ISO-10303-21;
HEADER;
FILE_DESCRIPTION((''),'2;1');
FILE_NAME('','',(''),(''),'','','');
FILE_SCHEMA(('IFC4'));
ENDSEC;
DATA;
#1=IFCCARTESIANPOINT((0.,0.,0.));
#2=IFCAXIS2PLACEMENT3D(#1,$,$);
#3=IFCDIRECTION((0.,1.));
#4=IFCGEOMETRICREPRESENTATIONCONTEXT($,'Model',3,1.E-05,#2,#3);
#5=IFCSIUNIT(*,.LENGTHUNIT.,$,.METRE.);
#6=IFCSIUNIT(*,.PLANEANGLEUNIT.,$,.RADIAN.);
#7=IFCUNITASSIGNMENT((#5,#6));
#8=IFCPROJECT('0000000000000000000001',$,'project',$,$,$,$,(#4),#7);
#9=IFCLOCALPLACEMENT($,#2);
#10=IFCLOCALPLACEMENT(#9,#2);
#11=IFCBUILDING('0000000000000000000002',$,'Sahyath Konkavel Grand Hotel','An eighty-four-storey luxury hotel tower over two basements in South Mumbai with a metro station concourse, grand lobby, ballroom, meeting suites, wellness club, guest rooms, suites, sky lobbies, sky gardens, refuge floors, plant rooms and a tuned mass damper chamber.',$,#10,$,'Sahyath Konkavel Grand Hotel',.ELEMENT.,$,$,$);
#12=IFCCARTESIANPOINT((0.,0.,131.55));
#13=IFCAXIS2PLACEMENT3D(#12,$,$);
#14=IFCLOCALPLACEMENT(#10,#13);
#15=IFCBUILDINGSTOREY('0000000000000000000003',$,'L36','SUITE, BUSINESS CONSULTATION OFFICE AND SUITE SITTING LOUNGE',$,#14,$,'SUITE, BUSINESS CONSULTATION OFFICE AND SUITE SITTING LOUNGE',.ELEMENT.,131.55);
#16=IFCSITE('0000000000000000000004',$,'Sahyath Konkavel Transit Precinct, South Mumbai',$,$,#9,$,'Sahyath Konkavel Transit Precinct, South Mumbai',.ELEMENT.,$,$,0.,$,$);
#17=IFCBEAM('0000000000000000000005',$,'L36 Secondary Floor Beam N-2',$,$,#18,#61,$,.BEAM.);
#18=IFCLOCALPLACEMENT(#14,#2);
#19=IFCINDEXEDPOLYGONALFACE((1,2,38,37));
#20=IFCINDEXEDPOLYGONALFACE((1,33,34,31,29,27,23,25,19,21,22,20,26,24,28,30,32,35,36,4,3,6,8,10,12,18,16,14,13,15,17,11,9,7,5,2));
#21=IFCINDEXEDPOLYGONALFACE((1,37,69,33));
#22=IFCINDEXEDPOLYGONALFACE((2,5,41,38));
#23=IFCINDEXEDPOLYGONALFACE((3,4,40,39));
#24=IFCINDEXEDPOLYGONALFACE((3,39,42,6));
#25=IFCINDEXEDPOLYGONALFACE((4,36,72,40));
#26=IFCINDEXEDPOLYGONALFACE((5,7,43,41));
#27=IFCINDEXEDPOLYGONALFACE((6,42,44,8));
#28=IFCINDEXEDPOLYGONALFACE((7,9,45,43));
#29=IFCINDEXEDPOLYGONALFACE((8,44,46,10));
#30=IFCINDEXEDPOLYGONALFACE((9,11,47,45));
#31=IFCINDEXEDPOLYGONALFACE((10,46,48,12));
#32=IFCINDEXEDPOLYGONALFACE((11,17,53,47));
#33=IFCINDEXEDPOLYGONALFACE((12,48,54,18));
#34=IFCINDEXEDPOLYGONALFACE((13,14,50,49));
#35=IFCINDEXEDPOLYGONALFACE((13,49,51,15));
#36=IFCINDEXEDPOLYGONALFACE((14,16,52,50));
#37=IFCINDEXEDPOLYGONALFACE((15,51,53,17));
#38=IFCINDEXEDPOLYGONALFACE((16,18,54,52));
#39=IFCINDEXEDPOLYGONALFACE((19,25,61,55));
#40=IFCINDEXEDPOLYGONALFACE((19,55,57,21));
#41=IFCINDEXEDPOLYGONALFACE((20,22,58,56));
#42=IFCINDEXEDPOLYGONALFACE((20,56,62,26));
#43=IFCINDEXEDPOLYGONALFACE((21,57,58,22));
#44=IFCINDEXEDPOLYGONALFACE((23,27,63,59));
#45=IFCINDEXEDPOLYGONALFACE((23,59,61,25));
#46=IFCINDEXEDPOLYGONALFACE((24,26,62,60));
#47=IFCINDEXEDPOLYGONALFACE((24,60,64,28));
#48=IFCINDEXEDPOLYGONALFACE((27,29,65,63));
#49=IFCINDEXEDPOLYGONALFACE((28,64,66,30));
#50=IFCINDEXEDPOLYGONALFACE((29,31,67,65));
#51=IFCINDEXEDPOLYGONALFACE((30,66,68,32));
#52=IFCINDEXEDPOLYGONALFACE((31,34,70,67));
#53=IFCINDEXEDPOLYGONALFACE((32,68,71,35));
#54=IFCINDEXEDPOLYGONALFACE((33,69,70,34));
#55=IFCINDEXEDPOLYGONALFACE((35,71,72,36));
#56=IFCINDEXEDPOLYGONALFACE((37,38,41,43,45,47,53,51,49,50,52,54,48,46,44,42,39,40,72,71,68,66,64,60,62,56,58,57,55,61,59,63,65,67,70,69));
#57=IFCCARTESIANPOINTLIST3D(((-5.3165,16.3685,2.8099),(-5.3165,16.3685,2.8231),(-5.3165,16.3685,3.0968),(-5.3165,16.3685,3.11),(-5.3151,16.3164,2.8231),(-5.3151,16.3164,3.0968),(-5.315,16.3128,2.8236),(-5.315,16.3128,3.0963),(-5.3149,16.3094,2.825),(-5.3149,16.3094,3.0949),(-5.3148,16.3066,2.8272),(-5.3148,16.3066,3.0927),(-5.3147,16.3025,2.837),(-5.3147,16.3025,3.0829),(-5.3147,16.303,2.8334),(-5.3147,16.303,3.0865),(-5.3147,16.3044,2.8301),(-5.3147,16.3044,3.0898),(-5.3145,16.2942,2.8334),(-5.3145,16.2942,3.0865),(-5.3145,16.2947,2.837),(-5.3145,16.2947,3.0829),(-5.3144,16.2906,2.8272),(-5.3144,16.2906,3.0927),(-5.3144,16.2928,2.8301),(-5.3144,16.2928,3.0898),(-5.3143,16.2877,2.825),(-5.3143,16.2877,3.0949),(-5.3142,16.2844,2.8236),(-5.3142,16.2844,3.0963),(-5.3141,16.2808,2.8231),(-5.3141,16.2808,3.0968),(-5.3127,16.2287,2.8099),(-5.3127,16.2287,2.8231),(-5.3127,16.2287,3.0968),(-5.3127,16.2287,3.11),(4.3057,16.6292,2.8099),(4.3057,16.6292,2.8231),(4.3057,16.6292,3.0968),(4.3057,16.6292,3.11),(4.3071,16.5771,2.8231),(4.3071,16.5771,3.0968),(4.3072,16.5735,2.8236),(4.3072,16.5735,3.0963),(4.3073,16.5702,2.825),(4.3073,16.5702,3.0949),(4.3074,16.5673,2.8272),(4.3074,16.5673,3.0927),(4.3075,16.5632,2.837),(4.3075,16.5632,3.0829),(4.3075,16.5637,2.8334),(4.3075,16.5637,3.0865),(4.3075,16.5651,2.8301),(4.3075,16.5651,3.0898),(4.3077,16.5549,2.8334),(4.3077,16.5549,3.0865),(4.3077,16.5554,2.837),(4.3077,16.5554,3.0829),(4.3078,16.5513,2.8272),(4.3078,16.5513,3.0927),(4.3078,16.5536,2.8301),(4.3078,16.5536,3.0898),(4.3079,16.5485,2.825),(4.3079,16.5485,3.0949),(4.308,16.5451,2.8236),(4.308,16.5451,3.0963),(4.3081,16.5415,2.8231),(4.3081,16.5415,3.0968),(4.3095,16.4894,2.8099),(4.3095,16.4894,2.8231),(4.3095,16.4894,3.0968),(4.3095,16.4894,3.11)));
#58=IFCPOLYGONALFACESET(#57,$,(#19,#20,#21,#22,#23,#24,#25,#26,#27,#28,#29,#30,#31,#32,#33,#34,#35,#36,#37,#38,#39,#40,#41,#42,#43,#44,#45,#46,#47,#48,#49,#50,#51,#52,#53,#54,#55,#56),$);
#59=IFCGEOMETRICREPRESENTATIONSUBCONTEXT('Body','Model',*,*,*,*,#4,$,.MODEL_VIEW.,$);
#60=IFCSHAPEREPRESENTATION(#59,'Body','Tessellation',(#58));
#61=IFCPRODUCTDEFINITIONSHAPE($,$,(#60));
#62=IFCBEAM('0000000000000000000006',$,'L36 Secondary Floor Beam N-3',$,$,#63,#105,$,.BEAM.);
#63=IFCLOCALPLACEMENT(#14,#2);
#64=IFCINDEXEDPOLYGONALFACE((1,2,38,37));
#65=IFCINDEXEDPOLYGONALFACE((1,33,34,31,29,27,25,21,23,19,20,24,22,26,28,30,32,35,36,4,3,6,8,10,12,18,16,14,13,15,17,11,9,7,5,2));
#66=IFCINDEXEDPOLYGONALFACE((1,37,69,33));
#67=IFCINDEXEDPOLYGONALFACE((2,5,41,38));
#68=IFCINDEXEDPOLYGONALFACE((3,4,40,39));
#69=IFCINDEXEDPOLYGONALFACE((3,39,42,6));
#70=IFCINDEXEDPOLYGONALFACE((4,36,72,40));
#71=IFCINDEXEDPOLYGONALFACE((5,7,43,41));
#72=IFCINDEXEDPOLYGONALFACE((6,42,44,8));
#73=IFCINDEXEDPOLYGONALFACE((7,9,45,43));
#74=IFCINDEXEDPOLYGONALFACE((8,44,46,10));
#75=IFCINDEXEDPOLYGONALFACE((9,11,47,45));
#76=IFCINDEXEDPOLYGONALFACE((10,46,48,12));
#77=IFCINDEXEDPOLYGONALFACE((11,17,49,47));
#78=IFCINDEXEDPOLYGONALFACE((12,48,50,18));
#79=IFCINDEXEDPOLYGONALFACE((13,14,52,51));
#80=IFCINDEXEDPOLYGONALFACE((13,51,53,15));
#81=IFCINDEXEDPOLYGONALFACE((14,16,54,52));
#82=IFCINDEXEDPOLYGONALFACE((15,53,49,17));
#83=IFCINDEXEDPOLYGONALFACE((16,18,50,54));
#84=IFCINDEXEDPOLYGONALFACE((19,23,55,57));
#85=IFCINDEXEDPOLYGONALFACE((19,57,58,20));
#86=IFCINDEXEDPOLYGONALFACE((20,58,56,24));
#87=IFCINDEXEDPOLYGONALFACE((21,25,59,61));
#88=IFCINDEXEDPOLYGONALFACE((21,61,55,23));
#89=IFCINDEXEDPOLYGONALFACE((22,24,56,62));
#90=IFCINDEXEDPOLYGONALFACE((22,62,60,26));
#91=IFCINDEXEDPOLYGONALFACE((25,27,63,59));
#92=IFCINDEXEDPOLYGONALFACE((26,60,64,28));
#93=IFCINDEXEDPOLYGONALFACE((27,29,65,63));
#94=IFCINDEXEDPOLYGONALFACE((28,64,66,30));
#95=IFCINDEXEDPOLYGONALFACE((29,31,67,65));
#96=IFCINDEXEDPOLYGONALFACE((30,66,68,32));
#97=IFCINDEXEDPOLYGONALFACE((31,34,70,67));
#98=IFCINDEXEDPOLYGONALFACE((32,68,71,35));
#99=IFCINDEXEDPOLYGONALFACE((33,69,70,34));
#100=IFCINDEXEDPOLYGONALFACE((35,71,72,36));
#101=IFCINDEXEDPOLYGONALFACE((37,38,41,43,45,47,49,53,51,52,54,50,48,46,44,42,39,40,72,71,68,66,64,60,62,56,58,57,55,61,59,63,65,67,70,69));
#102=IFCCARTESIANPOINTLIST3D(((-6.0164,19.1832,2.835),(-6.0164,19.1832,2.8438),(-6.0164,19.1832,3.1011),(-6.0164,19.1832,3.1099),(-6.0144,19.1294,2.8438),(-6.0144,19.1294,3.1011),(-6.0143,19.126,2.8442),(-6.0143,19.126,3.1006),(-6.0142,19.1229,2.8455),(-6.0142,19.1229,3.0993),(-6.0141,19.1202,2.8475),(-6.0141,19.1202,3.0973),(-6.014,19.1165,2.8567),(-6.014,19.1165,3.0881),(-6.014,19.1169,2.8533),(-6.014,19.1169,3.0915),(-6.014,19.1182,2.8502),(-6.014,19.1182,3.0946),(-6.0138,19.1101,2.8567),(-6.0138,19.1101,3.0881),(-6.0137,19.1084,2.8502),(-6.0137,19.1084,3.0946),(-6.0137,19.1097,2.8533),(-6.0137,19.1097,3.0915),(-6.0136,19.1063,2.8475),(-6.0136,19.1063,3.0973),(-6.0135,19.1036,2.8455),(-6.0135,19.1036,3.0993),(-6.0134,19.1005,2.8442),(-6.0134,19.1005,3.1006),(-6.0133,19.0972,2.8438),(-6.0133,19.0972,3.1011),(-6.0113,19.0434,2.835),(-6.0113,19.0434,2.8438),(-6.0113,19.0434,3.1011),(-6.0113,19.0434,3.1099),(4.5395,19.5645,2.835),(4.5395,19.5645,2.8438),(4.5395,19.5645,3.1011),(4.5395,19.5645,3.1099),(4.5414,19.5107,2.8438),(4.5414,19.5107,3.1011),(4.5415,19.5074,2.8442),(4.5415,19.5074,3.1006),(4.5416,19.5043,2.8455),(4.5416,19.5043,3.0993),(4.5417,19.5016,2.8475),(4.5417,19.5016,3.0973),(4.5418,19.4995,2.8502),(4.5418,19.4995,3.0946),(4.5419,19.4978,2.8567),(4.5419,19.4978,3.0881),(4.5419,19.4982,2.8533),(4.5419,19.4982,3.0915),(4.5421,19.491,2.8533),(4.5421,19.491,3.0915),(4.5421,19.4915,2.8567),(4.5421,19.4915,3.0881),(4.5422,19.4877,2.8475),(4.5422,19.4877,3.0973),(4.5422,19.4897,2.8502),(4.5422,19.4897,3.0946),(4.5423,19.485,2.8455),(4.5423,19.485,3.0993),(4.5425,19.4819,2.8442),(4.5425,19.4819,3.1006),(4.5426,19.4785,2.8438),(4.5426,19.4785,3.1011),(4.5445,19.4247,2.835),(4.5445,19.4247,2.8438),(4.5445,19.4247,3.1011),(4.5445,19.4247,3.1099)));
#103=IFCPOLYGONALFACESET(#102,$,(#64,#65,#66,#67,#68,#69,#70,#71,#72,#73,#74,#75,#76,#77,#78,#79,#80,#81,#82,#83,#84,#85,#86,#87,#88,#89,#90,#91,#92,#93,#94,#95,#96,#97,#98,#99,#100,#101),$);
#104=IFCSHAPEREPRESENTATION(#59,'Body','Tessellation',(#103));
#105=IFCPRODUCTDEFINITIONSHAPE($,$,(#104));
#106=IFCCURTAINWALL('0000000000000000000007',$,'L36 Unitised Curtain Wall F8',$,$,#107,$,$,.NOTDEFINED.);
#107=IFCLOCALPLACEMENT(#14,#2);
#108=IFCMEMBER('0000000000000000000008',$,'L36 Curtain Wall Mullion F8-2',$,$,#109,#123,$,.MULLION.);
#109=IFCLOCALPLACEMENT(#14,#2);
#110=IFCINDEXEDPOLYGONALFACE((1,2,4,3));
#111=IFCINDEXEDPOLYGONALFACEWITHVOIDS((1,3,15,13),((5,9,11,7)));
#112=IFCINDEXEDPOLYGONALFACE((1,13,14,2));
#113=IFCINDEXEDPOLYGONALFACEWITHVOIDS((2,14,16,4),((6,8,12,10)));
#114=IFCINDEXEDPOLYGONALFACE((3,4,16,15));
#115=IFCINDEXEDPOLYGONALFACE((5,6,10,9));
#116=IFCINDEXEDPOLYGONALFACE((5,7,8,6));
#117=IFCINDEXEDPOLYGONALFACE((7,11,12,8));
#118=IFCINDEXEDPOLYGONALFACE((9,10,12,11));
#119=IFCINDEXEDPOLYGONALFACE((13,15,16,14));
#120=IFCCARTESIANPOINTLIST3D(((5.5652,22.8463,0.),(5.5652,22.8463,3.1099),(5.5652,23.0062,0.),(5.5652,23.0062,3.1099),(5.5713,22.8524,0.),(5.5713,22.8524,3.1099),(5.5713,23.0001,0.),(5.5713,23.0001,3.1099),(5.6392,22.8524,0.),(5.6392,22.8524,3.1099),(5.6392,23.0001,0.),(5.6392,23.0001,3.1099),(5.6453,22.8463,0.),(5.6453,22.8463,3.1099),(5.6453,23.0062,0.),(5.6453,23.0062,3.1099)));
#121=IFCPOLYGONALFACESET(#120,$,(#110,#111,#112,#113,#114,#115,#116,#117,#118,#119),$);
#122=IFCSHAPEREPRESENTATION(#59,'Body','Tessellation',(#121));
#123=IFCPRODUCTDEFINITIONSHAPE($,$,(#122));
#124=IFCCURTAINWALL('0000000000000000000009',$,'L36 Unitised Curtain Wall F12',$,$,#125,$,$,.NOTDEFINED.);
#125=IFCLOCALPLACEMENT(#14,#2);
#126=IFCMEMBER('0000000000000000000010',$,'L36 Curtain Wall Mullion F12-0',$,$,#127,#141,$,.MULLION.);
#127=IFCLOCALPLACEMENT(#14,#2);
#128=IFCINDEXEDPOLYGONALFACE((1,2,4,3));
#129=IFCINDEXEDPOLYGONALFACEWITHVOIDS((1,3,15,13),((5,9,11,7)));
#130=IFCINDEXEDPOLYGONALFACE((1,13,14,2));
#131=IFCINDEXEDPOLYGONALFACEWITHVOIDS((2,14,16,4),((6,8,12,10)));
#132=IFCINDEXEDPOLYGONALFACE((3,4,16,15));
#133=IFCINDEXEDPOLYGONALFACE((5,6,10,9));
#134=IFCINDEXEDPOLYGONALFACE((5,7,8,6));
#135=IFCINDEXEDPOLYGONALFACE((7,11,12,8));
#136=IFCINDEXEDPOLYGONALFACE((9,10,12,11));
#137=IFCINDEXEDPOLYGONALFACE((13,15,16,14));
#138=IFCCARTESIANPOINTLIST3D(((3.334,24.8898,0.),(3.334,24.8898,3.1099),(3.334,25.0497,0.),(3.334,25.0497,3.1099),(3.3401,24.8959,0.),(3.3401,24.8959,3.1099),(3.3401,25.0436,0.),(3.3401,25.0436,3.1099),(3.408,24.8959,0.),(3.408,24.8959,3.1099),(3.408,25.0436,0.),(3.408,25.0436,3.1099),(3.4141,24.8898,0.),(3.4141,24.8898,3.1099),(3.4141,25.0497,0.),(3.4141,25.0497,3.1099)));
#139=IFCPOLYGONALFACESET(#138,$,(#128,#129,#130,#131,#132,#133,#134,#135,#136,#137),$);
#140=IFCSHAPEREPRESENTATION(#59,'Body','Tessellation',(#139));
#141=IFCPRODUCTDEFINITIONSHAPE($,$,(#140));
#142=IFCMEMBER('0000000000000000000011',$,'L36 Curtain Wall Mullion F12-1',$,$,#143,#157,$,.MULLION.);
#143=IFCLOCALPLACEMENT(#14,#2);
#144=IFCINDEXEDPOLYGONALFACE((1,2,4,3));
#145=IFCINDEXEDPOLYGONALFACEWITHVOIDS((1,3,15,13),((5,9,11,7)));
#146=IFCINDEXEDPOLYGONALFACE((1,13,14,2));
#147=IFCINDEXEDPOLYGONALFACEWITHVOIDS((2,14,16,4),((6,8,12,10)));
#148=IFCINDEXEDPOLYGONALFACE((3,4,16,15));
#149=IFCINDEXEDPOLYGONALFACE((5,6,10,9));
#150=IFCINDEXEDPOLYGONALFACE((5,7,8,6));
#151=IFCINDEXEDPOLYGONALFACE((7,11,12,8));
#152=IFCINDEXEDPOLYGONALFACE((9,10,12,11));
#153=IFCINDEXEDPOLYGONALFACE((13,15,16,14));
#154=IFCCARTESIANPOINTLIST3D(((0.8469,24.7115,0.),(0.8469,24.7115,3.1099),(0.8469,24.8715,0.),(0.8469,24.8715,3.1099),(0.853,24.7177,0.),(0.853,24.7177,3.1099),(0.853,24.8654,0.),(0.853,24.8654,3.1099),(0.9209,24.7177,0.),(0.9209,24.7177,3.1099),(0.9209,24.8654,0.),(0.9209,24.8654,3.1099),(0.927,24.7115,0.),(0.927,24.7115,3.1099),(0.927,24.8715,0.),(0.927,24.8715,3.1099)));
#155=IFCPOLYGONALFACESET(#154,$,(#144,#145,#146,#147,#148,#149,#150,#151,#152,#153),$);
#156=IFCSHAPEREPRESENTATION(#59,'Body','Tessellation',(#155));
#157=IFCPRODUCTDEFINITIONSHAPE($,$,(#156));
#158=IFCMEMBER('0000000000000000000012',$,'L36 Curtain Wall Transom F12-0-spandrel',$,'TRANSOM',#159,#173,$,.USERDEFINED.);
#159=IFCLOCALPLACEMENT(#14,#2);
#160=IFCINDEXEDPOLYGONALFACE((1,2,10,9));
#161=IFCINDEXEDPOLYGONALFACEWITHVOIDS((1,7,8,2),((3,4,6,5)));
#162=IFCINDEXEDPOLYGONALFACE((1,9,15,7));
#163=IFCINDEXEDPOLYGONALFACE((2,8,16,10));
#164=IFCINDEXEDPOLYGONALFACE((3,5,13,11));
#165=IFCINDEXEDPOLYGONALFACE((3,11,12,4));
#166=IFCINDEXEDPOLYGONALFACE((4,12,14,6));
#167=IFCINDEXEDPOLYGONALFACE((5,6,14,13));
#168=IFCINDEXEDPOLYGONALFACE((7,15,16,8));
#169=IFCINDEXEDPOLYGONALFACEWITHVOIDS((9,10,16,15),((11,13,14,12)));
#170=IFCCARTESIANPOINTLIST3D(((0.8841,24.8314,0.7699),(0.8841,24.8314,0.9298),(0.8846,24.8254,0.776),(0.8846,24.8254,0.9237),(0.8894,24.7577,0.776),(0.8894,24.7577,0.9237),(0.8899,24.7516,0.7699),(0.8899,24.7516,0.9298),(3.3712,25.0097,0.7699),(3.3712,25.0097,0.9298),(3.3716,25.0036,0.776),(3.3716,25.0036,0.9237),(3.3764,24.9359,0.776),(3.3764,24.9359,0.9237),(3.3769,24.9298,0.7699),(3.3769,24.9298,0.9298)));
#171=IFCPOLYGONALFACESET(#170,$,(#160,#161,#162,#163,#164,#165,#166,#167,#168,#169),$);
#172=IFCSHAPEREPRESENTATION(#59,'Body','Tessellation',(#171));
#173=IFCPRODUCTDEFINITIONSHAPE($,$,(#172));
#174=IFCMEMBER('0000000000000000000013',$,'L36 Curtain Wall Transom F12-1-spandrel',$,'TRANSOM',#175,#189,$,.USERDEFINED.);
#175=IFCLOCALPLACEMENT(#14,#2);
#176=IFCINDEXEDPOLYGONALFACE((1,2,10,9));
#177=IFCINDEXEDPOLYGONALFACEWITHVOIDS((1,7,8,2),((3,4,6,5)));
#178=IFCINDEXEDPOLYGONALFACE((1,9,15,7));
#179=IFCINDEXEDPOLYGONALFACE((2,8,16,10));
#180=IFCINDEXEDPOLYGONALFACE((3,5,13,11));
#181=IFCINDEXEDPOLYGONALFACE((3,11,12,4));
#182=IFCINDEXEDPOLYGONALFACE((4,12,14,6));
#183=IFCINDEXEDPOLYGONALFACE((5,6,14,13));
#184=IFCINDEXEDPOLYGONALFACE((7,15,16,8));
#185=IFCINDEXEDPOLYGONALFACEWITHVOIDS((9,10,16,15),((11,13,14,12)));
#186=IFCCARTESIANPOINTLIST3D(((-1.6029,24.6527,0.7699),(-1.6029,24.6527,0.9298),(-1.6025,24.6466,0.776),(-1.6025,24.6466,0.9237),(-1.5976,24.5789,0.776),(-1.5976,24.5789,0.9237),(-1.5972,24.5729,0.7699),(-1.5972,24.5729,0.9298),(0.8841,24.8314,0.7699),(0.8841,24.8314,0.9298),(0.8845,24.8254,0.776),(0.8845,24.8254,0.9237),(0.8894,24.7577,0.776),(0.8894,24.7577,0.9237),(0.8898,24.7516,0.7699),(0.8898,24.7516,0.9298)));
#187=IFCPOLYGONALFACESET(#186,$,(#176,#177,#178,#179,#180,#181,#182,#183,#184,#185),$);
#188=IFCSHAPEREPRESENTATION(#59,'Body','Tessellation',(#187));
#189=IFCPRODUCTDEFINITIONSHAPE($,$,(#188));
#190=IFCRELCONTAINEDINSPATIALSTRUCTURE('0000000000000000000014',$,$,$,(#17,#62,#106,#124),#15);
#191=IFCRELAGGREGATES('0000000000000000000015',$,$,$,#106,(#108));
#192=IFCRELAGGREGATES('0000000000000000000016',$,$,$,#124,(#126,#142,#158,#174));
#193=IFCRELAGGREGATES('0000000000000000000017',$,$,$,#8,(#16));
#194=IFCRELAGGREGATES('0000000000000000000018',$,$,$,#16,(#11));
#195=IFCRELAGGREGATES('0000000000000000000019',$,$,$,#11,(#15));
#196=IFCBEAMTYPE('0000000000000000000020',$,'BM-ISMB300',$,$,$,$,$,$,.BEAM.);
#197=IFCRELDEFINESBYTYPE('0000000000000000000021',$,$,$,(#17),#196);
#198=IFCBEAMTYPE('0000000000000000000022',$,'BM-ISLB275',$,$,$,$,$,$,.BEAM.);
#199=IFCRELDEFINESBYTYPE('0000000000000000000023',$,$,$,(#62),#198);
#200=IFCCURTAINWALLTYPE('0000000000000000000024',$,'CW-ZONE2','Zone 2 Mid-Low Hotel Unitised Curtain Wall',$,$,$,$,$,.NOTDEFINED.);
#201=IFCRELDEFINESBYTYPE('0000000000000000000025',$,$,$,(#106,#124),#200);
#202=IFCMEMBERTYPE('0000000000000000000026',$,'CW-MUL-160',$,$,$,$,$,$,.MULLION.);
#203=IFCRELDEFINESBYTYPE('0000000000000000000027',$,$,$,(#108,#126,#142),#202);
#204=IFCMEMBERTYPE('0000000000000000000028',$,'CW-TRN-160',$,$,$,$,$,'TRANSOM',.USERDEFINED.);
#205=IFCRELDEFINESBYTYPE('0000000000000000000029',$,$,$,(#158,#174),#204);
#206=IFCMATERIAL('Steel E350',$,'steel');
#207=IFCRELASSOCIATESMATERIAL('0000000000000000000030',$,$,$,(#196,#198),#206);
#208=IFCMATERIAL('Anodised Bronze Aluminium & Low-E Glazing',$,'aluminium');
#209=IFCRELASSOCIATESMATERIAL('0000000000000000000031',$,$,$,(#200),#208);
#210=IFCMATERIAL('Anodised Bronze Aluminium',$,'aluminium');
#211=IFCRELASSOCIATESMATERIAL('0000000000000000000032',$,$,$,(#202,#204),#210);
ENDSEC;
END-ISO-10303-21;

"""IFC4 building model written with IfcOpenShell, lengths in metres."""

from ifc_helpers import new_model, si_unit, direction, frame, origin, origin_2d, place, context, subcontext, project, spatial, hollow_rectangle, i_section, extrude, source, transform, mapped, material, material_profile, profile_set, type_object, element, aggregate, save


model = new_model("IFC4")

# Units and contexts
model_context = context("Model", 3, precision=1e-05, world=origin(), true_north=direction((0.0, 1.0)))
body_context = subcontext(model_context, "Body", "Model", "MODEL_VIEW")
ifc_project = project(units=[si_unit("LENGTHUNIT", "METRE"), si_unit("PLANEANGLEUNIT", "RADIAN")], contexts=[model_context])

# Site, building, storey
site_placement = place(None, origin())
site = spatial("IfcSite", under=ifc_project, at=site_placement, Name="Sahyath Konkavel Transit Precinct, South Mumbai", LongName="Sahyath Konkavel Transit Precinct, South Mumbai", CompositionType="ELEMENT", RefElevation=0.0)
building_placement = place(site_placement, origin())
building = spatial("IfcBuilding", under=site, at=building_placement, Name="Sahyath Konkavel Grand Hotel", Description="An eighty-four-storey luxury hotel tower over two basements in South Mumbai with a metro station concourse, grand lobby, ballroom, meeting suites, wellness club, guest rooms, suites, sky lobbies, sky gardens, refuge floors, plant rooms and a tuned mass damper chamber.", LongName="Sahyath Konkavel Grand Hotel", CompositionType="ELEMENT")
storey_placement = place(building_placement, frame((0.0, 0.0, 131.55)))
storey = spatial("IfcBuildingStorey", under=building, at=storey_placement, Name="L36", Description="SUITE, BUSINESS CONSULTATION OFFICE AND SUITE SITTING LOUNGE", LongName="SUITE, BUSINESS CONSULTATION OFFICE AND SUITE SITTING LOUNGE", CompositionType="ELEMENT", Elevation=131.55)

# Beams
ifc_material_1 = material(Name="Steel E350", Category="steel")
ifc_material_profile_1 = material_profile(ifc_material_1, i_section(OverallWidth=0.1399, OverallDepth=0.3, WebThickness=0.0078, FlangeThickness=0.0132, FilletRadius=0.0139, at=origin_2d()), Name="ISMB 300")
ifc_profile_set_1 = profile_set([ifc_material_profile_1], Name="Steel E350")
beam_type_1 = type_object("IfcBeamType", Name="BM-ISMB300", PredefinedType="BEAM", material=ifc_profile_set_1)
shared_shape_1 = source(origin(), body_context, "Body", "SweptSolid", [
    extrude(i_section(OverallWidth=0.1399, OverallDepth=0.3, WebThickness=0.0078, FlangeThickness=0.0132, FilletRadius=0.0139, at=origin_2d()), origin(), (0.0, 0.0, 1.0), 9.6257),
])
beam_1_placement = place(storey_placement, frame((4.3076, 16.5593, 2.96), z_axis=(-0.999633, -0.027088, 0.0), x_axis=(0.027088, -0.999633, 0.0)))
element("IfcBeam", 1, at=beam_1_placement, inside=storey, type_object=beam_type_1, Name="L36 Secondary Floor Beam N-2", PredefinedType="BEAM", context=body_context, shape_type="MappedRepresentation", body=[
    mapped(shared_shape_1, transform((0.0, 0.0, 0.0), scale=1.0)),
])
ifc_material_profile_2 = material_profile(ifc_material_1, i_section(OverallWidth=0.1399, OverallDepth=0.2749, WebThickness=0.0063, FlangeThickness=0.0088, FilletRadius=0.0129, at=origin_2d()), Name="ISLB 275")
ifc_profile_set_2 = profile_set([ifc_material_profile_2], Name="Steel E350")
beam_type_2 = type_object("IfcBeamType", Name="BM-ISLB275", PredefinedType="BEAM", material=ifc_profile_set_2)
shared_shape_2 = source(origin(), body_context, "Body", "SweptSolid", [
    extrude(i_section(OverallWidth=0.1399, OverallDepth=0.2749, WebThickness=0.0063, FlangeThickness=0.0088, FilletRadius=0.0129, at=origin_2d()), origin(), (0.0, 0.0, 1.0), 10.5627),
])
beam_2_placement = place(storey_placement, frame((4.542, 19.4946, 2.9724), z_axis=(-0.999348, -0.036103, 0.0), x_axis=(0.036103, -0.999348, 0.0)))
element("IfcBeam", 2, at=beam_2_placement, inside=storey, type_object=beam_type_2, Name="L36 Secondary Floor Beam N-3", PredefinedType="BEAM", context=body_context, shape_type="MappedRepresentation", body=[
    mapped(shared_shape_2, transform((0.0, 0.0, 0.0), scale=1.0)),
])

# Curtain wall, member
ifc_material_2 = material(Name="Anodised Bronze Aluminium & Low-E Glazing", Category="aluminium")
curtain_wall_type = type_object("IfcCurtainWallType", Name="CW-ZONE2", Description="Zone 2 Mid-Low Hotel Unitised Curtain Wall", PredefinedType="NOTDEFINED", material=ifc_material_2)
curtain_wall_1_placement = place(storey_placement, origin())
curtain_wall_1 = element("IfcCurtainWall", 3, at=curtain_wall_1_placement, inside=storey, type_object=curtain_wall_type, Name="L36 Unitised Curtain Wall F8", PredefinedType="NOTDEFINED")
ifc_material_3 = material(Name="Anodised Bronze Aluminium", Category="aluminium")
ifc_material_profile_3 = material_profile(ifc_material_3, hollow_rectangle(XDim=0.0801, YDim=0.1599, WallThickness=0.0061, at=origin_2d()), Name="RHS 160x80x6")
ifc_profile_set_3 = profile_set([ifc_material_profile_3], Name="Anodised Bronze Aluminium")
member_type_1 = type_object("IfcMemberType", Name="CW-MUL-160", PredefinedType="MULLION", material=ifc_profile_set_3)
shared_shape_3 = source(origin(), body_context, "Body", "SweptSolid", [
    extrude(hollow_rectangle(XDim=0.0801, YDim=0.1599, WallThickness=0.0061, at=origin_2d()), origin(), (0.0, 0.0, 1.0), 3.1099),
])
member_1_placement = place(storey_placement, frame((5.6052, 22.9263, 0.0), z_axis=(0.0, 0.0, 1.0), x_axis=(1.0, 0.0, 0.0)))
member_1 = element("IfcMember", 4, at=member_1_placement, type_object=member_type_1, Name="L36 Curtain Wall Mullion F8-2", PredefinedType="MULLION", context=body_context, shape_type="MappedRepresentation", body=[
    mapped(shared_shape_3, transform((0.0, 0.0, 0.0), scale=1.0)),
])

# Curtain wall, members
curtain_wall_2_placement = place(storey_placement, origin())
curtain_wall_2 = element("IfcCurtainWall", 5, at=curtain_wall_2_placement, inside=storey, type_object=curtain_wall_type, Name="L36 Unitised Curtain Wall F12", PredefinedType="NOTDEFINED")
member_2_placement = place(storey_placement, frame((3.374, 24.9697, 0.0), z_axis=(0.0, 0.0, 1.0), x_axis=(1.0, 0.0, 0.0)))
member_2 = element("IfcMember", 6, at=member_2_placement, type_object=member_type_1, Name="L36 Curtain Wall Mullion F12-0", PredefinedType="MULLION", context=body_context, shape_type="MappedRepresentation", body=[
    mapped(shared_shape_3, transform((0.0, 0.0, 0.0), scale=1.0)),
])
member_3_placement = place(storey_placement, frame((0.887, 24.7915, 0.0), z_axis=(0.0, 0.0, 1.0), x_axis=(1.0, 0.0, 0.0)))
member_3 = element("IfcMember", 7, at=member_3_placement, type_object=member_type_1, Name="L36 Curtain Wall Mullion F12-1", PredefinedType="MULLION", context=body_context, shape_type="MappedRepresentation", body=[
    mapped(shared_shape_3, transform((0.0, 0.0, 0.0), scale=1.0)),
])
ifc_material_profile_4 = material_profile(ifc_material_3, hollow_rectangle(XDim=0.0801, YDim=0.1599, WallThickness=0.0061, at=origin_2d()), Name="RHS 160x80x6")
ifc_profile_set_4 = profile_set([ifc_material_profile_4], Name="Anodised Bronze Aluminium")
member_type_2 = type_object("IfcMemberType", Name="CW-TRN-160", ElementType="TRANSOM", PredefinedType="USERDEFINED", material=ifc_profile_set_4)
shared_shape_4 = source(origin(), body_context, "Body", "SweptSolid", [
    extrude(hollow_rectangle(XDim=0.0801, YDim=0.1599, WallThickness=0.0061, at=origin_2d()), origin(), (0.0, 0.0, 1.0), 2.4934),
])
member_4_placement = place(storey_placement, frame((3.374, 24.9697, 0.8499), z_axis=(-0.997442, -0.071477, 0.0), x_axis=(0.071477, -0.997442, 0.0)))
member_4 = element("IfcMember", 8, at=member_4_placement, type_object=member_type_2, Name="L36 Curtain Wall Transom F12-0-spandrel", ObjectType="TRANSOM", PredefinedType="USERDEFINED", context=body_context, shape_type="MappedRepresentation", body=[
    mapped(shared_shape_4, transform((0.0, 0.0, 0.0), scale=1.0)),
])
member_5_placement = place(storey_placement, frame((0.887, 24.7915, 0.8499), z_axis=(-0.997428, -0.071671, 0.0), x_axis=(0.071671, -0.997428, 0.0)))
member_5 = element("IfcMember", 9, at=member_5_placement, type_object=member_type_2, Name="L36 Curtain Wall Transom F12-1-spandrel", ObjectType="TRANSOM", PredefinedType="USERDEFINED", context=body_context, shape_type="MappedRepresentation", body=[
    mapped(shared_shape_4, transform((0.0, 0.0, 0.0), scale=1.0)),
])

aggregate(curtain_wall_1, [member_1])
aggregate(curtain_wall_2, [member_2, member_3, member_4, member_5])

save(model, "model.ifc")
